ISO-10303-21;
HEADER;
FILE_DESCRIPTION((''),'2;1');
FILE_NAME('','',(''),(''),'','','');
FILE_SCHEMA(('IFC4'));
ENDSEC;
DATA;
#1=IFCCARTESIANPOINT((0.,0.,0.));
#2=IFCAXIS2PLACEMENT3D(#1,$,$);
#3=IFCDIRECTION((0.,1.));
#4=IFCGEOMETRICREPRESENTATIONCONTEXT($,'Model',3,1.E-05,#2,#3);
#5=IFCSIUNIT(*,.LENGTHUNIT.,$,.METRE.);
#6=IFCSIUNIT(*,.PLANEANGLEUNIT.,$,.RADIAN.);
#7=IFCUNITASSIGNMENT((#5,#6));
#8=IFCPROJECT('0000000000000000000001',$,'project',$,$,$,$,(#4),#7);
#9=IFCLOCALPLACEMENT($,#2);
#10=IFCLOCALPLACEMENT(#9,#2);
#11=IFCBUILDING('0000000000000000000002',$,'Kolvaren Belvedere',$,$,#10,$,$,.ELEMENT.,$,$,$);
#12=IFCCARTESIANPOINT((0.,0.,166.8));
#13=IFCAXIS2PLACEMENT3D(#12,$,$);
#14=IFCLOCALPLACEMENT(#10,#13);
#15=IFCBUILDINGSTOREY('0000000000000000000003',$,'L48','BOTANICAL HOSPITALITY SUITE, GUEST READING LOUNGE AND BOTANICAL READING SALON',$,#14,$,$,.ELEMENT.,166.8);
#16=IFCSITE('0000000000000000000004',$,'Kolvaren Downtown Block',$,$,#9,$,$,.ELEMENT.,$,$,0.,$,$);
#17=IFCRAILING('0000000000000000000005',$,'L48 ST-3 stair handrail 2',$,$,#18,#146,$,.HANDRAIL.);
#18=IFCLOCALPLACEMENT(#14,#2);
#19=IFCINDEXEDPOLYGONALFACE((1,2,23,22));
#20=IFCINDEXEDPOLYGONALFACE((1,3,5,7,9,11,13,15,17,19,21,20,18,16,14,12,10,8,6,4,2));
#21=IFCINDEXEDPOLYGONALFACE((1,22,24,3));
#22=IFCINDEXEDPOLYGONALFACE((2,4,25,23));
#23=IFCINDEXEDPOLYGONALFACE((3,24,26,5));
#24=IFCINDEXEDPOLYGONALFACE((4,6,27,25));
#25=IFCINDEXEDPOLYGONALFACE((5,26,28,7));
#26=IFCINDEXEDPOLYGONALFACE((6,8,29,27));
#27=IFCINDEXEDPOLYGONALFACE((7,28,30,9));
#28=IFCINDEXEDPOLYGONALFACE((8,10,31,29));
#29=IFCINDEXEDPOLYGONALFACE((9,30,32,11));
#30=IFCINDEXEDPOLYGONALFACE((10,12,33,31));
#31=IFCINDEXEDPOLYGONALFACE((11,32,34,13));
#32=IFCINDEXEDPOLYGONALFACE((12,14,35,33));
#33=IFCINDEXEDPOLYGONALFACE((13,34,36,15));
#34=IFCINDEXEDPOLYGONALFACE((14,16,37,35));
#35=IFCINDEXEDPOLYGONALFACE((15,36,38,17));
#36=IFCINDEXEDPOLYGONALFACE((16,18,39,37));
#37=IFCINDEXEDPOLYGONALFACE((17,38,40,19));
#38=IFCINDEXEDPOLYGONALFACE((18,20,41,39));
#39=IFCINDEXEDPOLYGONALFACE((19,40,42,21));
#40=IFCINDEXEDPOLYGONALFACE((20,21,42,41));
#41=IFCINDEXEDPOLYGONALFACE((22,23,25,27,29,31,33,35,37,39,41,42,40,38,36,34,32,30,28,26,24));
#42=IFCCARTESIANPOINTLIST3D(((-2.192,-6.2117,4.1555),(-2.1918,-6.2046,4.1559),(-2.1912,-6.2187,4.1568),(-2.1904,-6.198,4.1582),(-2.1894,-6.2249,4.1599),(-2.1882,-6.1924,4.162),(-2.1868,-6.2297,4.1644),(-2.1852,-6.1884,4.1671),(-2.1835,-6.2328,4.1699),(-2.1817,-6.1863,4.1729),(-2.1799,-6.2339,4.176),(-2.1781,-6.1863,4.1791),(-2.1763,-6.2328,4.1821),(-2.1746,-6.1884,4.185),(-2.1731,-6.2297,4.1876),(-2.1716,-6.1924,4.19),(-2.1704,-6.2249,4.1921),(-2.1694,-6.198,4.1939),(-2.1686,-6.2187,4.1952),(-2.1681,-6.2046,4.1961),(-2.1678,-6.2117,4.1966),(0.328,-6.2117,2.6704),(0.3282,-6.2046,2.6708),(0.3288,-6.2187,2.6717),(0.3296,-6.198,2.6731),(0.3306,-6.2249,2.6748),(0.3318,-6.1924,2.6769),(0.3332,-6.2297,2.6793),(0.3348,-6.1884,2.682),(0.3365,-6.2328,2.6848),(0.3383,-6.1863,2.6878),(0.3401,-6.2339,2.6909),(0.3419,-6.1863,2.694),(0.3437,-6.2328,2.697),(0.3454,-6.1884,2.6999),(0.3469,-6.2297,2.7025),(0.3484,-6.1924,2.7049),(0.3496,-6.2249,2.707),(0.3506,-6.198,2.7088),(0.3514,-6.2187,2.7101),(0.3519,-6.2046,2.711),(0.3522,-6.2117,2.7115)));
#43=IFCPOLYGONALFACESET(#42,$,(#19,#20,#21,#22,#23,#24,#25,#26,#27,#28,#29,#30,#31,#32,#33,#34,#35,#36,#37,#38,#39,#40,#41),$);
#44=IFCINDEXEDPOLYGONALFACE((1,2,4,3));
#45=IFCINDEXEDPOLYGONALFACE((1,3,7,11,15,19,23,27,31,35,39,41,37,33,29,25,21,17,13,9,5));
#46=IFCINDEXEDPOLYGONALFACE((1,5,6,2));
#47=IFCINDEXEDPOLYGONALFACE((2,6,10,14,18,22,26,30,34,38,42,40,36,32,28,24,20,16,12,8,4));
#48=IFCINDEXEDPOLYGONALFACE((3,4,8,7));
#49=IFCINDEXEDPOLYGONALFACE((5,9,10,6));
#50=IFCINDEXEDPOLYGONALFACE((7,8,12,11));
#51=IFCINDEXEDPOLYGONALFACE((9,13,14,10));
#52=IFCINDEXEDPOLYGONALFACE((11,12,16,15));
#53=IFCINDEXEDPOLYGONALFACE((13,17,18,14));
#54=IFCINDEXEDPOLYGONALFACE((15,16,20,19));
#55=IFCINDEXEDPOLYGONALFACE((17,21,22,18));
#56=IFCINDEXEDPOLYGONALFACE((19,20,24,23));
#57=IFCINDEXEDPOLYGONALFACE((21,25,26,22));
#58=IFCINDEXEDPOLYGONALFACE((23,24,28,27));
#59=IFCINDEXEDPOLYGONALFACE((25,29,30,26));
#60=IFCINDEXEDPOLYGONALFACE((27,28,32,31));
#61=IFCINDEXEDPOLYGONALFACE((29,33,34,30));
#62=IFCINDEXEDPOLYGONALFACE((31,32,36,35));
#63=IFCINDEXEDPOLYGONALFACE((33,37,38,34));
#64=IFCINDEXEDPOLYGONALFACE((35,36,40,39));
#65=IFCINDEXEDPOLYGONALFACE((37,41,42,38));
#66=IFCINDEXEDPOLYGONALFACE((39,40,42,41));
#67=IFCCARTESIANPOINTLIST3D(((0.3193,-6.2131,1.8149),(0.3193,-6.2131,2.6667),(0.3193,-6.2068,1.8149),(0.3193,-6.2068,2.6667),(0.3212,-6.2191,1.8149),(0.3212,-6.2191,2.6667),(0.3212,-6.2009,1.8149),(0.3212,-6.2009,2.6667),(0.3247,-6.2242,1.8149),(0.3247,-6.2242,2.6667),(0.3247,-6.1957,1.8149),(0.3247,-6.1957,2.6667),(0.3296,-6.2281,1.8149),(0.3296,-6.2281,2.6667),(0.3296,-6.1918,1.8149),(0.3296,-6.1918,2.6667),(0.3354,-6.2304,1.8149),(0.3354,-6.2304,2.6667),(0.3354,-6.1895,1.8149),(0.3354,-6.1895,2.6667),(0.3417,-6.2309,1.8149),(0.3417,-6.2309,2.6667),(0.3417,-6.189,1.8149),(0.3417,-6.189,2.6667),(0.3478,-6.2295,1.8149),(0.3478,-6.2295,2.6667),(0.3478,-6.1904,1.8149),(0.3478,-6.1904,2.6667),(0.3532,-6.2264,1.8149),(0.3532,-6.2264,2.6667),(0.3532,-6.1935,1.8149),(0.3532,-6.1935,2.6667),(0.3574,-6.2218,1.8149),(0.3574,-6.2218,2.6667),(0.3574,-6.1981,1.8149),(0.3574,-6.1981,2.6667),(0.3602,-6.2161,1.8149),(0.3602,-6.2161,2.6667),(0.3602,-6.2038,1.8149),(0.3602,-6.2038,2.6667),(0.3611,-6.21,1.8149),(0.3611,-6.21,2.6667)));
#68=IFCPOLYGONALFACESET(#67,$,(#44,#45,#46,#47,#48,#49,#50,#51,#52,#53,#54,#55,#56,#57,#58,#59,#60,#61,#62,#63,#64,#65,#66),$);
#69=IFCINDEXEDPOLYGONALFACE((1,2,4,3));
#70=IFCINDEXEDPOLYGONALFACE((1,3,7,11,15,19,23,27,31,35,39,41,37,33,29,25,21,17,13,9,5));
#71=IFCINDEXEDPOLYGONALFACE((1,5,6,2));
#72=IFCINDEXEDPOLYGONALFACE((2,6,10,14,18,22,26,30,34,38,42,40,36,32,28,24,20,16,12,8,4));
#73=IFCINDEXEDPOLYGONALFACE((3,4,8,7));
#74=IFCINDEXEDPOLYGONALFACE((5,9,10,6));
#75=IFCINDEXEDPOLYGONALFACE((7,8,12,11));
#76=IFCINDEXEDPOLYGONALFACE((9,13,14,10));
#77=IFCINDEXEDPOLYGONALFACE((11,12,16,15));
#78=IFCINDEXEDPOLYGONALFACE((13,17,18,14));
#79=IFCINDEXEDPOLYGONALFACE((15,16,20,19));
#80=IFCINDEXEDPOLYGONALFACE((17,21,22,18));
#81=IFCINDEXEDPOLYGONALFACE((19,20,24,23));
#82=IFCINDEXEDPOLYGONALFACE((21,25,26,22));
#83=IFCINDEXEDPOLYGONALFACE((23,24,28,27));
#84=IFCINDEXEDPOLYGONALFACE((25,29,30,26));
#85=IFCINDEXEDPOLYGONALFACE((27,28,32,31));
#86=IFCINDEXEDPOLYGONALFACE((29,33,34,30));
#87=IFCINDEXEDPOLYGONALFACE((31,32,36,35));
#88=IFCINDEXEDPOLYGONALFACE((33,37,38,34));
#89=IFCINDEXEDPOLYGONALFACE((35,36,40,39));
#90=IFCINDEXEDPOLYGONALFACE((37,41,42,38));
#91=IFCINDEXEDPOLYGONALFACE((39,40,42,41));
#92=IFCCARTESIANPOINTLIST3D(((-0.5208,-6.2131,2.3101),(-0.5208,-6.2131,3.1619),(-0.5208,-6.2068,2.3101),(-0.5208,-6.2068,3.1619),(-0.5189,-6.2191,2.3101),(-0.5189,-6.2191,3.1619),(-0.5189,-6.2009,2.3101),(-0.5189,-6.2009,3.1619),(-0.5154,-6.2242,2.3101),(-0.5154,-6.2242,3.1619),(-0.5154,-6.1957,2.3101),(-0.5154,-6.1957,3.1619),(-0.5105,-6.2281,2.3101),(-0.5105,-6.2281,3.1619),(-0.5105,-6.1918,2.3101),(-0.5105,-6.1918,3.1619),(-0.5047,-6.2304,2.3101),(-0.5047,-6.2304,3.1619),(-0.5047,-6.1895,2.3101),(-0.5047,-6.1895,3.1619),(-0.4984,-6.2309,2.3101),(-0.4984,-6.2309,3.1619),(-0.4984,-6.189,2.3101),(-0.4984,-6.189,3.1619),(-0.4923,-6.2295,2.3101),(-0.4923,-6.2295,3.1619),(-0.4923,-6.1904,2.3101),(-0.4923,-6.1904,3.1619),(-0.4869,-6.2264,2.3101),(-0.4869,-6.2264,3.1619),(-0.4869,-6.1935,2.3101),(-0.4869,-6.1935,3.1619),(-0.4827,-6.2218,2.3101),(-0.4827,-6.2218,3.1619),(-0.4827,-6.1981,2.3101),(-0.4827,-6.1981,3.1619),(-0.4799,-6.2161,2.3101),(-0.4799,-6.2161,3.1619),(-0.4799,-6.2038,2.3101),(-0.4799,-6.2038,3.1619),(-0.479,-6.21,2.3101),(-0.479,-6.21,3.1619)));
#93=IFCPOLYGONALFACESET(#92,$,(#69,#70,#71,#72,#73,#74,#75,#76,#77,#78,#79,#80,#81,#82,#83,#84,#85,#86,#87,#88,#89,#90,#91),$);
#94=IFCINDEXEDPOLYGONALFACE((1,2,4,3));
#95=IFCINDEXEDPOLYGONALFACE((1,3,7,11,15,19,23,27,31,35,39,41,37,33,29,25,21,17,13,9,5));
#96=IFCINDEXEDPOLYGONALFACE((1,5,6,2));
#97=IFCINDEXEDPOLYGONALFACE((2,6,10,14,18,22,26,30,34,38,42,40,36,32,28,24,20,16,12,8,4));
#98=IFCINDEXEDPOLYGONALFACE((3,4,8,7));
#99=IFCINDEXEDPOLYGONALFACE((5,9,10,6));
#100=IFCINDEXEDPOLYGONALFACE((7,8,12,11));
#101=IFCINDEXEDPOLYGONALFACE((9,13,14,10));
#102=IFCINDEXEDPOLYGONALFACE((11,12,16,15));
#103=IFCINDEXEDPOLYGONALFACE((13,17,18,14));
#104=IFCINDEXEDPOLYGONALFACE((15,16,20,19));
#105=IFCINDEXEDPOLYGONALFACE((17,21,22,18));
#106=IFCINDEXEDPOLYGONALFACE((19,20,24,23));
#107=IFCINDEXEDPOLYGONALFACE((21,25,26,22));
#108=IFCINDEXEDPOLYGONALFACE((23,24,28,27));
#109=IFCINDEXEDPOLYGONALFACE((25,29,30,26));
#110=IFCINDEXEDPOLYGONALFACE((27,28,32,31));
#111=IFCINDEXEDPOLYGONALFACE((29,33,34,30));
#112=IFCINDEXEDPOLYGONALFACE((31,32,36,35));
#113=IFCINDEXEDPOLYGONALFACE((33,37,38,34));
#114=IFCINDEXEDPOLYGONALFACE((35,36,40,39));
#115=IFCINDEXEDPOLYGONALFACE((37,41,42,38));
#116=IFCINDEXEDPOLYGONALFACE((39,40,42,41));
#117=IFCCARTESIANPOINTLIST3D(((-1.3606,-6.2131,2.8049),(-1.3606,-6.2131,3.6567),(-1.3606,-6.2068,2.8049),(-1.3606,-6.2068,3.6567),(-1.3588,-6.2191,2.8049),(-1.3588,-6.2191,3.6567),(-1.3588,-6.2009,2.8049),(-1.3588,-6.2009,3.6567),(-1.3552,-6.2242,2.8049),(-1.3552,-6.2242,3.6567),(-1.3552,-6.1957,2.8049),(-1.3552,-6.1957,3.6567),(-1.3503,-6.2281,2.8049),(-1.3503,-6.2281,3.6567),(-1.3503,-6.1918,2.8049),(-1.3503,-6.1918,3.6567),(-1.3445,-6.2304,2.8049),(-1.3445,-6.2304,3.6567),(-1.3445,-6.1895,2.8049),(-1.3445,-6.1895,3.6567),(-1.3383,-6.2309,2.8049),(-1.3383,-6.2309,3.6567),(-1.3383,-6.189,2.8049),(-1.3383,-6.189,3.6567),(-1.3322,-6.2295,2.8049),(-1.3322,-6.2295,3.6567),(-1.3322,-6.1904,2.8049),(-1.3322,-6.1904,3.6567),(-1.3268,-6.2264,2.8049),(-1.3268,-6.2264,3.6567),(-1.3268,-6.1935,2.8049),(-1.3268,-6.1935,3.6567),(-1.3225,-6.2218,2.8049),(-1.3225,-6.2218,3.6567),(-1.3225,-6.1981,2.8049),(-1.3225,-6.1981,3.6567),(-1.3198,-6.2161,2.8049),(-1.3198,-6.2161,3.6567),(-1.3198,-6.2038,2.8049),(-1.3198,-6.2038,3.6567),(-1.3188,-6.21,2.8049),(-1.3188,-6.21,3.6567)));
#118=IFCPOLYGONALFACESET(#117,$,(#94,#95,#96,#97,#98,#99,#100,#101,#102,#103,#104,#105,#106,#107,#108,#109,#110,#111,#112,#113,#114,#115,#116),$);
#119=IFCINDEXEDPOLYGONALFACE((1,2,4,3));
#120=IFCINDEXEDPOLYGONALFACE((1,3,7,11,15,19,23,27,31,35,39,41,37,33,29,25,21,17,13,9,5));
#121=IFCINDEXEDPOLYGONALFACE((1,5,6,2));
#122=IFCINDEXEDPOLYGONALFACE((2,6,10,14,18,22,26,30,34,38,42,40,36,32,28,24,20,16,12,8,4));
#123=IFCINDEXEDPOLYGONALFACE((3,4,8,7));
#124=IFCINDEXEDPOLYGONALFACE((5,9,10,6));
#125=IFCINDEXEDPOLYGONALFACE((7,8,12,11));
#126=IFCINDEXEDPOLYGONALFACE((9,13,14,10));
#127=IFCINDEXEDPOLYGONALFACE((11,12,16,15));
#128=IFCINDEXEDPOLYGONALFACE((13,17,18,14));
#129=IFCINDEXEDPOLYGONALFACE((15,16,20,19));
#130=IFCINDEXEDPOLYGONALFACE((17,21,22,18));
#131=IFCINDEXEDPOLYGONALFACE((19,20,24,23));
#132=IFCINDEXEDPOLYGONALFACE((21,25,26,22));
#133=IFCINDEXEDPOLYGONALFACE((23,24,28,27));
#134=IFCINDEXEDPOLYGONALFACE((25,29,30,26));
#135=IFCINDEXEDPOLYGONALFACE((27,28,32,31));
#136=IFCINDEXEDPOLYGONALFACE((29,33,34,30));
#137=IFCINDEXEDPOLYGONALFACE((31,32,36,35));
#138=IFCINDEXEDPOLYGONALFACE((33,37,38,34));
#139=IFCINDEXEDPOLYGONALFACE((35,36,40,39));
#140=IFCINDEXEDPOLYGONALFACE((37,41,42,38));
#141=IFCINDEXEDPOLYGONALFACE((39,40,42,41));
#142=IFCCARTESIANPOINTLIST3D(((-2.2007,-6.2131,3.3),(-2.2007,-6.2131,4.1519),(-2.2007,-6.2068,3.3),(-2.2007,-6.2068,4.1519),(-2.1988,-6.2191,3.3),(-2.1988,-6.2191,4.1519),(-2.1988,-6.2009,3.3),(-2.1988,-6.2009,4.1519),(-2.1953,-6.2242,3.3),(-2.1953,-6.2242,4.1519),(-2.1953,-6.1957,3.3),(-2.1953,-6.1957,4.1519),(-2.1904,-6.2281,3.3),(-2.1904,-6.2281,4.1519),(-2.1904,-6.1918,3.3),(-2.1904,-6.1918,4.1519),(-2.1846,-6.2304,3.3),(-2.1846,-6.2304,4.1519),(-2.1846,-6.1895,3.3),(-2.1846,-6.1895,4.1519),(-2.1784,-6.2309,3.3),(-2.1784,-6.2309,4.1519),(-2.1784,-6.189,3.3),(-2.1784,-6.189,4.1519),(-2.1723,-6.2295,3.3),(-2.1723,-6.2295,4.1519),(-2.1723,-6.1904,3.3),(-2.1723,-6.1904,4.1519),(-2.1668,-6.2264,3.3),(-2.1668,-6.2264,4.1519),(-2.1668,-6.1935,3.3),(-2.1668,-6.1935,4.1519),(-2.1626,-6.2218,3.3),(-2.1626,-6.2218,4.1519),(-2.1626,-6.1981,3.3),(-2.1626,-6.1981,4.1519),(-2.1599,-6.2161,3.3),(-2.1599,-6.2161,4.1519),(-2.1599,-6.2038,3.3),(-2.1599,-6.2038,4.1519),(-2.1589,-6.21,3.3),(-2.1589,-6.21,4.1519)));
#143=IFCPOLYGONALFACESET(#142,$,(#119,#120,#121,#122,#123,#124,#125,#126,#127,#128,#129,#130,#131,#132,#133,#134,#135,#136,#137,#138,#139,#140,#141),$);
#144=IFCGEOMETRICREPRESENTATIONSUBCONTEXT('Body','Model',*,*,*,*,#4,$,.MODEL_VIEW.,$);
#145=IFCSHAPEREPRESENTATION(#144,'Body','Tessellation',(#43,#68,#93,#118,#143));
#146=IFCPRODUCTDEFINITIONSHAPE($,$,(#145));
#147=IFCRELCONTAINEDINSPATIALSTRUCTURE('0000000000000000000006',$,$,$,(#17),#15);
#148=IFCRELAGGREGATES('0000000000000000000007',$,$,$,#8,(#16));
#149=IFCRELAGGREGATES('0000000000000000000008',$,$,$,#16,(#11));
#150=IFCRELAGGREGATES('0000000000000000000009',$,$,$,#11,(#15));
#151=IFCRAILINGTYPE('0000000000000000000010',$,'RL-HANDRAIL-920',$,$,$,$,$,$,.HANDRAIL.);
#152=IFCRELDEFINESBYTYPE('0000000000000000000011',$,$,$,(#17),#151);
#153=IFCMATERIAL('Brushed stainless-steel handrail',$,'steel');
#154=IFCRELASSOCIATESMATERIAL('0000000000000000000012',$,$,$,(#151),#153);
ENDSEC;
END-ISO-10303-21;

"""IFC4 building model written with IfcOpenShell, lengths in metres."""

from ifc_helpers import new_model, si_unit, direction, frame, origin, origin_2d, place, context, subcontext, project, spatial, circle, extrude, material, type_object, element, save


model = new_model("IFC4")

# Units and contexts
model_context = context("Model", 3, precision=1e-05, world=origin(), true_north=direction((0.0, 1.0)))
body_context = subcontext(model_context, "Body", "Model", "MODEL_VIEW")
ifc_project = project(units=[si_unit("LENGTHUNIT", "METRE"), si_unit("PLANEANGLEUNIT", "RADIAN")], contexts=[model_context])

# Site, building, storey
site_placement = place(None, origin())
site = spatial("IfcSite", under=ifc_project, at=site_placement, Name="Kolvaren Downtown Block", CompositionType="ELEMENT", RefElevation=0.0)
building_placement = place(site_placement, origin())
building = spatial("IfcBuilding", under=site, at=building_placement, Name="Kolvaren Belvedere", CompositionType="ELEMENT")
storey_placement = place(building_placement, frame((0.0, 0.0, 166.8)))
storey = spatial("IfcBuildingStorey", under=building, at=storey_placement, Name="L48", Description="BOTANICAL HOSPITALITY SUITE, GUEST READING LOUNGE AND BOTANICAL READING SALON", CompositionType="ELEMENT", Elevation=166.8)

# Railing
ifc_material_1 = material(Name="Brushed stainless-steel handrail", Category="steel")
railing_type_1 = type_object("IfcRailingType", Name="RL-HANDRAIL-920", PredefinedType="HANDRAIL", material=ifc_material_1)
railing_1_placement = place(storey_placement, frame((0.3401, -6.21, 1.8149)))
element("IfcRailing", 1, at=railing_1_placement, inside=storey, type_object=railing_type_1, Name="L48 ST-3 stair handrail 2", PredefinedType="HANDRAIL", context=body_context, shape_type="SweptSolid", body=[
    extrude(circle(Radius=0.0239, at=origin_2d()), frame((0.0, 0.0, 0.876), z_axis=(-0.861524, 0.0, 0.507717), x_axis=(0.0, -1.0, 0.0)), (0.0, 0.0, 1.0), 2.925),
    extrude(circle(Radius=0.021, at=origin_2d()), origin(), (0.0, 0.0, 1.0), 0.8518),
    extrude(circle(Radius=0.021, at=origin_2d()), frame((-0.8401, 0.0, 0.4951)), (0.0, 0.0, 1.0), 0.8518),
    extrude(circle(Radius=0.021, at=origin_2d()), frame((-1.6799, 0.0, 0.99)), (0.0, 0.0, 1.0), 0.8518),
    extrude(circle(Radius=0.021, at=origin_2d()), frame((-2.52, 0.0, 1.4851)), (0.0, 0.0, 1.0), 0.8518),
])

save(model, "model.ifc")
